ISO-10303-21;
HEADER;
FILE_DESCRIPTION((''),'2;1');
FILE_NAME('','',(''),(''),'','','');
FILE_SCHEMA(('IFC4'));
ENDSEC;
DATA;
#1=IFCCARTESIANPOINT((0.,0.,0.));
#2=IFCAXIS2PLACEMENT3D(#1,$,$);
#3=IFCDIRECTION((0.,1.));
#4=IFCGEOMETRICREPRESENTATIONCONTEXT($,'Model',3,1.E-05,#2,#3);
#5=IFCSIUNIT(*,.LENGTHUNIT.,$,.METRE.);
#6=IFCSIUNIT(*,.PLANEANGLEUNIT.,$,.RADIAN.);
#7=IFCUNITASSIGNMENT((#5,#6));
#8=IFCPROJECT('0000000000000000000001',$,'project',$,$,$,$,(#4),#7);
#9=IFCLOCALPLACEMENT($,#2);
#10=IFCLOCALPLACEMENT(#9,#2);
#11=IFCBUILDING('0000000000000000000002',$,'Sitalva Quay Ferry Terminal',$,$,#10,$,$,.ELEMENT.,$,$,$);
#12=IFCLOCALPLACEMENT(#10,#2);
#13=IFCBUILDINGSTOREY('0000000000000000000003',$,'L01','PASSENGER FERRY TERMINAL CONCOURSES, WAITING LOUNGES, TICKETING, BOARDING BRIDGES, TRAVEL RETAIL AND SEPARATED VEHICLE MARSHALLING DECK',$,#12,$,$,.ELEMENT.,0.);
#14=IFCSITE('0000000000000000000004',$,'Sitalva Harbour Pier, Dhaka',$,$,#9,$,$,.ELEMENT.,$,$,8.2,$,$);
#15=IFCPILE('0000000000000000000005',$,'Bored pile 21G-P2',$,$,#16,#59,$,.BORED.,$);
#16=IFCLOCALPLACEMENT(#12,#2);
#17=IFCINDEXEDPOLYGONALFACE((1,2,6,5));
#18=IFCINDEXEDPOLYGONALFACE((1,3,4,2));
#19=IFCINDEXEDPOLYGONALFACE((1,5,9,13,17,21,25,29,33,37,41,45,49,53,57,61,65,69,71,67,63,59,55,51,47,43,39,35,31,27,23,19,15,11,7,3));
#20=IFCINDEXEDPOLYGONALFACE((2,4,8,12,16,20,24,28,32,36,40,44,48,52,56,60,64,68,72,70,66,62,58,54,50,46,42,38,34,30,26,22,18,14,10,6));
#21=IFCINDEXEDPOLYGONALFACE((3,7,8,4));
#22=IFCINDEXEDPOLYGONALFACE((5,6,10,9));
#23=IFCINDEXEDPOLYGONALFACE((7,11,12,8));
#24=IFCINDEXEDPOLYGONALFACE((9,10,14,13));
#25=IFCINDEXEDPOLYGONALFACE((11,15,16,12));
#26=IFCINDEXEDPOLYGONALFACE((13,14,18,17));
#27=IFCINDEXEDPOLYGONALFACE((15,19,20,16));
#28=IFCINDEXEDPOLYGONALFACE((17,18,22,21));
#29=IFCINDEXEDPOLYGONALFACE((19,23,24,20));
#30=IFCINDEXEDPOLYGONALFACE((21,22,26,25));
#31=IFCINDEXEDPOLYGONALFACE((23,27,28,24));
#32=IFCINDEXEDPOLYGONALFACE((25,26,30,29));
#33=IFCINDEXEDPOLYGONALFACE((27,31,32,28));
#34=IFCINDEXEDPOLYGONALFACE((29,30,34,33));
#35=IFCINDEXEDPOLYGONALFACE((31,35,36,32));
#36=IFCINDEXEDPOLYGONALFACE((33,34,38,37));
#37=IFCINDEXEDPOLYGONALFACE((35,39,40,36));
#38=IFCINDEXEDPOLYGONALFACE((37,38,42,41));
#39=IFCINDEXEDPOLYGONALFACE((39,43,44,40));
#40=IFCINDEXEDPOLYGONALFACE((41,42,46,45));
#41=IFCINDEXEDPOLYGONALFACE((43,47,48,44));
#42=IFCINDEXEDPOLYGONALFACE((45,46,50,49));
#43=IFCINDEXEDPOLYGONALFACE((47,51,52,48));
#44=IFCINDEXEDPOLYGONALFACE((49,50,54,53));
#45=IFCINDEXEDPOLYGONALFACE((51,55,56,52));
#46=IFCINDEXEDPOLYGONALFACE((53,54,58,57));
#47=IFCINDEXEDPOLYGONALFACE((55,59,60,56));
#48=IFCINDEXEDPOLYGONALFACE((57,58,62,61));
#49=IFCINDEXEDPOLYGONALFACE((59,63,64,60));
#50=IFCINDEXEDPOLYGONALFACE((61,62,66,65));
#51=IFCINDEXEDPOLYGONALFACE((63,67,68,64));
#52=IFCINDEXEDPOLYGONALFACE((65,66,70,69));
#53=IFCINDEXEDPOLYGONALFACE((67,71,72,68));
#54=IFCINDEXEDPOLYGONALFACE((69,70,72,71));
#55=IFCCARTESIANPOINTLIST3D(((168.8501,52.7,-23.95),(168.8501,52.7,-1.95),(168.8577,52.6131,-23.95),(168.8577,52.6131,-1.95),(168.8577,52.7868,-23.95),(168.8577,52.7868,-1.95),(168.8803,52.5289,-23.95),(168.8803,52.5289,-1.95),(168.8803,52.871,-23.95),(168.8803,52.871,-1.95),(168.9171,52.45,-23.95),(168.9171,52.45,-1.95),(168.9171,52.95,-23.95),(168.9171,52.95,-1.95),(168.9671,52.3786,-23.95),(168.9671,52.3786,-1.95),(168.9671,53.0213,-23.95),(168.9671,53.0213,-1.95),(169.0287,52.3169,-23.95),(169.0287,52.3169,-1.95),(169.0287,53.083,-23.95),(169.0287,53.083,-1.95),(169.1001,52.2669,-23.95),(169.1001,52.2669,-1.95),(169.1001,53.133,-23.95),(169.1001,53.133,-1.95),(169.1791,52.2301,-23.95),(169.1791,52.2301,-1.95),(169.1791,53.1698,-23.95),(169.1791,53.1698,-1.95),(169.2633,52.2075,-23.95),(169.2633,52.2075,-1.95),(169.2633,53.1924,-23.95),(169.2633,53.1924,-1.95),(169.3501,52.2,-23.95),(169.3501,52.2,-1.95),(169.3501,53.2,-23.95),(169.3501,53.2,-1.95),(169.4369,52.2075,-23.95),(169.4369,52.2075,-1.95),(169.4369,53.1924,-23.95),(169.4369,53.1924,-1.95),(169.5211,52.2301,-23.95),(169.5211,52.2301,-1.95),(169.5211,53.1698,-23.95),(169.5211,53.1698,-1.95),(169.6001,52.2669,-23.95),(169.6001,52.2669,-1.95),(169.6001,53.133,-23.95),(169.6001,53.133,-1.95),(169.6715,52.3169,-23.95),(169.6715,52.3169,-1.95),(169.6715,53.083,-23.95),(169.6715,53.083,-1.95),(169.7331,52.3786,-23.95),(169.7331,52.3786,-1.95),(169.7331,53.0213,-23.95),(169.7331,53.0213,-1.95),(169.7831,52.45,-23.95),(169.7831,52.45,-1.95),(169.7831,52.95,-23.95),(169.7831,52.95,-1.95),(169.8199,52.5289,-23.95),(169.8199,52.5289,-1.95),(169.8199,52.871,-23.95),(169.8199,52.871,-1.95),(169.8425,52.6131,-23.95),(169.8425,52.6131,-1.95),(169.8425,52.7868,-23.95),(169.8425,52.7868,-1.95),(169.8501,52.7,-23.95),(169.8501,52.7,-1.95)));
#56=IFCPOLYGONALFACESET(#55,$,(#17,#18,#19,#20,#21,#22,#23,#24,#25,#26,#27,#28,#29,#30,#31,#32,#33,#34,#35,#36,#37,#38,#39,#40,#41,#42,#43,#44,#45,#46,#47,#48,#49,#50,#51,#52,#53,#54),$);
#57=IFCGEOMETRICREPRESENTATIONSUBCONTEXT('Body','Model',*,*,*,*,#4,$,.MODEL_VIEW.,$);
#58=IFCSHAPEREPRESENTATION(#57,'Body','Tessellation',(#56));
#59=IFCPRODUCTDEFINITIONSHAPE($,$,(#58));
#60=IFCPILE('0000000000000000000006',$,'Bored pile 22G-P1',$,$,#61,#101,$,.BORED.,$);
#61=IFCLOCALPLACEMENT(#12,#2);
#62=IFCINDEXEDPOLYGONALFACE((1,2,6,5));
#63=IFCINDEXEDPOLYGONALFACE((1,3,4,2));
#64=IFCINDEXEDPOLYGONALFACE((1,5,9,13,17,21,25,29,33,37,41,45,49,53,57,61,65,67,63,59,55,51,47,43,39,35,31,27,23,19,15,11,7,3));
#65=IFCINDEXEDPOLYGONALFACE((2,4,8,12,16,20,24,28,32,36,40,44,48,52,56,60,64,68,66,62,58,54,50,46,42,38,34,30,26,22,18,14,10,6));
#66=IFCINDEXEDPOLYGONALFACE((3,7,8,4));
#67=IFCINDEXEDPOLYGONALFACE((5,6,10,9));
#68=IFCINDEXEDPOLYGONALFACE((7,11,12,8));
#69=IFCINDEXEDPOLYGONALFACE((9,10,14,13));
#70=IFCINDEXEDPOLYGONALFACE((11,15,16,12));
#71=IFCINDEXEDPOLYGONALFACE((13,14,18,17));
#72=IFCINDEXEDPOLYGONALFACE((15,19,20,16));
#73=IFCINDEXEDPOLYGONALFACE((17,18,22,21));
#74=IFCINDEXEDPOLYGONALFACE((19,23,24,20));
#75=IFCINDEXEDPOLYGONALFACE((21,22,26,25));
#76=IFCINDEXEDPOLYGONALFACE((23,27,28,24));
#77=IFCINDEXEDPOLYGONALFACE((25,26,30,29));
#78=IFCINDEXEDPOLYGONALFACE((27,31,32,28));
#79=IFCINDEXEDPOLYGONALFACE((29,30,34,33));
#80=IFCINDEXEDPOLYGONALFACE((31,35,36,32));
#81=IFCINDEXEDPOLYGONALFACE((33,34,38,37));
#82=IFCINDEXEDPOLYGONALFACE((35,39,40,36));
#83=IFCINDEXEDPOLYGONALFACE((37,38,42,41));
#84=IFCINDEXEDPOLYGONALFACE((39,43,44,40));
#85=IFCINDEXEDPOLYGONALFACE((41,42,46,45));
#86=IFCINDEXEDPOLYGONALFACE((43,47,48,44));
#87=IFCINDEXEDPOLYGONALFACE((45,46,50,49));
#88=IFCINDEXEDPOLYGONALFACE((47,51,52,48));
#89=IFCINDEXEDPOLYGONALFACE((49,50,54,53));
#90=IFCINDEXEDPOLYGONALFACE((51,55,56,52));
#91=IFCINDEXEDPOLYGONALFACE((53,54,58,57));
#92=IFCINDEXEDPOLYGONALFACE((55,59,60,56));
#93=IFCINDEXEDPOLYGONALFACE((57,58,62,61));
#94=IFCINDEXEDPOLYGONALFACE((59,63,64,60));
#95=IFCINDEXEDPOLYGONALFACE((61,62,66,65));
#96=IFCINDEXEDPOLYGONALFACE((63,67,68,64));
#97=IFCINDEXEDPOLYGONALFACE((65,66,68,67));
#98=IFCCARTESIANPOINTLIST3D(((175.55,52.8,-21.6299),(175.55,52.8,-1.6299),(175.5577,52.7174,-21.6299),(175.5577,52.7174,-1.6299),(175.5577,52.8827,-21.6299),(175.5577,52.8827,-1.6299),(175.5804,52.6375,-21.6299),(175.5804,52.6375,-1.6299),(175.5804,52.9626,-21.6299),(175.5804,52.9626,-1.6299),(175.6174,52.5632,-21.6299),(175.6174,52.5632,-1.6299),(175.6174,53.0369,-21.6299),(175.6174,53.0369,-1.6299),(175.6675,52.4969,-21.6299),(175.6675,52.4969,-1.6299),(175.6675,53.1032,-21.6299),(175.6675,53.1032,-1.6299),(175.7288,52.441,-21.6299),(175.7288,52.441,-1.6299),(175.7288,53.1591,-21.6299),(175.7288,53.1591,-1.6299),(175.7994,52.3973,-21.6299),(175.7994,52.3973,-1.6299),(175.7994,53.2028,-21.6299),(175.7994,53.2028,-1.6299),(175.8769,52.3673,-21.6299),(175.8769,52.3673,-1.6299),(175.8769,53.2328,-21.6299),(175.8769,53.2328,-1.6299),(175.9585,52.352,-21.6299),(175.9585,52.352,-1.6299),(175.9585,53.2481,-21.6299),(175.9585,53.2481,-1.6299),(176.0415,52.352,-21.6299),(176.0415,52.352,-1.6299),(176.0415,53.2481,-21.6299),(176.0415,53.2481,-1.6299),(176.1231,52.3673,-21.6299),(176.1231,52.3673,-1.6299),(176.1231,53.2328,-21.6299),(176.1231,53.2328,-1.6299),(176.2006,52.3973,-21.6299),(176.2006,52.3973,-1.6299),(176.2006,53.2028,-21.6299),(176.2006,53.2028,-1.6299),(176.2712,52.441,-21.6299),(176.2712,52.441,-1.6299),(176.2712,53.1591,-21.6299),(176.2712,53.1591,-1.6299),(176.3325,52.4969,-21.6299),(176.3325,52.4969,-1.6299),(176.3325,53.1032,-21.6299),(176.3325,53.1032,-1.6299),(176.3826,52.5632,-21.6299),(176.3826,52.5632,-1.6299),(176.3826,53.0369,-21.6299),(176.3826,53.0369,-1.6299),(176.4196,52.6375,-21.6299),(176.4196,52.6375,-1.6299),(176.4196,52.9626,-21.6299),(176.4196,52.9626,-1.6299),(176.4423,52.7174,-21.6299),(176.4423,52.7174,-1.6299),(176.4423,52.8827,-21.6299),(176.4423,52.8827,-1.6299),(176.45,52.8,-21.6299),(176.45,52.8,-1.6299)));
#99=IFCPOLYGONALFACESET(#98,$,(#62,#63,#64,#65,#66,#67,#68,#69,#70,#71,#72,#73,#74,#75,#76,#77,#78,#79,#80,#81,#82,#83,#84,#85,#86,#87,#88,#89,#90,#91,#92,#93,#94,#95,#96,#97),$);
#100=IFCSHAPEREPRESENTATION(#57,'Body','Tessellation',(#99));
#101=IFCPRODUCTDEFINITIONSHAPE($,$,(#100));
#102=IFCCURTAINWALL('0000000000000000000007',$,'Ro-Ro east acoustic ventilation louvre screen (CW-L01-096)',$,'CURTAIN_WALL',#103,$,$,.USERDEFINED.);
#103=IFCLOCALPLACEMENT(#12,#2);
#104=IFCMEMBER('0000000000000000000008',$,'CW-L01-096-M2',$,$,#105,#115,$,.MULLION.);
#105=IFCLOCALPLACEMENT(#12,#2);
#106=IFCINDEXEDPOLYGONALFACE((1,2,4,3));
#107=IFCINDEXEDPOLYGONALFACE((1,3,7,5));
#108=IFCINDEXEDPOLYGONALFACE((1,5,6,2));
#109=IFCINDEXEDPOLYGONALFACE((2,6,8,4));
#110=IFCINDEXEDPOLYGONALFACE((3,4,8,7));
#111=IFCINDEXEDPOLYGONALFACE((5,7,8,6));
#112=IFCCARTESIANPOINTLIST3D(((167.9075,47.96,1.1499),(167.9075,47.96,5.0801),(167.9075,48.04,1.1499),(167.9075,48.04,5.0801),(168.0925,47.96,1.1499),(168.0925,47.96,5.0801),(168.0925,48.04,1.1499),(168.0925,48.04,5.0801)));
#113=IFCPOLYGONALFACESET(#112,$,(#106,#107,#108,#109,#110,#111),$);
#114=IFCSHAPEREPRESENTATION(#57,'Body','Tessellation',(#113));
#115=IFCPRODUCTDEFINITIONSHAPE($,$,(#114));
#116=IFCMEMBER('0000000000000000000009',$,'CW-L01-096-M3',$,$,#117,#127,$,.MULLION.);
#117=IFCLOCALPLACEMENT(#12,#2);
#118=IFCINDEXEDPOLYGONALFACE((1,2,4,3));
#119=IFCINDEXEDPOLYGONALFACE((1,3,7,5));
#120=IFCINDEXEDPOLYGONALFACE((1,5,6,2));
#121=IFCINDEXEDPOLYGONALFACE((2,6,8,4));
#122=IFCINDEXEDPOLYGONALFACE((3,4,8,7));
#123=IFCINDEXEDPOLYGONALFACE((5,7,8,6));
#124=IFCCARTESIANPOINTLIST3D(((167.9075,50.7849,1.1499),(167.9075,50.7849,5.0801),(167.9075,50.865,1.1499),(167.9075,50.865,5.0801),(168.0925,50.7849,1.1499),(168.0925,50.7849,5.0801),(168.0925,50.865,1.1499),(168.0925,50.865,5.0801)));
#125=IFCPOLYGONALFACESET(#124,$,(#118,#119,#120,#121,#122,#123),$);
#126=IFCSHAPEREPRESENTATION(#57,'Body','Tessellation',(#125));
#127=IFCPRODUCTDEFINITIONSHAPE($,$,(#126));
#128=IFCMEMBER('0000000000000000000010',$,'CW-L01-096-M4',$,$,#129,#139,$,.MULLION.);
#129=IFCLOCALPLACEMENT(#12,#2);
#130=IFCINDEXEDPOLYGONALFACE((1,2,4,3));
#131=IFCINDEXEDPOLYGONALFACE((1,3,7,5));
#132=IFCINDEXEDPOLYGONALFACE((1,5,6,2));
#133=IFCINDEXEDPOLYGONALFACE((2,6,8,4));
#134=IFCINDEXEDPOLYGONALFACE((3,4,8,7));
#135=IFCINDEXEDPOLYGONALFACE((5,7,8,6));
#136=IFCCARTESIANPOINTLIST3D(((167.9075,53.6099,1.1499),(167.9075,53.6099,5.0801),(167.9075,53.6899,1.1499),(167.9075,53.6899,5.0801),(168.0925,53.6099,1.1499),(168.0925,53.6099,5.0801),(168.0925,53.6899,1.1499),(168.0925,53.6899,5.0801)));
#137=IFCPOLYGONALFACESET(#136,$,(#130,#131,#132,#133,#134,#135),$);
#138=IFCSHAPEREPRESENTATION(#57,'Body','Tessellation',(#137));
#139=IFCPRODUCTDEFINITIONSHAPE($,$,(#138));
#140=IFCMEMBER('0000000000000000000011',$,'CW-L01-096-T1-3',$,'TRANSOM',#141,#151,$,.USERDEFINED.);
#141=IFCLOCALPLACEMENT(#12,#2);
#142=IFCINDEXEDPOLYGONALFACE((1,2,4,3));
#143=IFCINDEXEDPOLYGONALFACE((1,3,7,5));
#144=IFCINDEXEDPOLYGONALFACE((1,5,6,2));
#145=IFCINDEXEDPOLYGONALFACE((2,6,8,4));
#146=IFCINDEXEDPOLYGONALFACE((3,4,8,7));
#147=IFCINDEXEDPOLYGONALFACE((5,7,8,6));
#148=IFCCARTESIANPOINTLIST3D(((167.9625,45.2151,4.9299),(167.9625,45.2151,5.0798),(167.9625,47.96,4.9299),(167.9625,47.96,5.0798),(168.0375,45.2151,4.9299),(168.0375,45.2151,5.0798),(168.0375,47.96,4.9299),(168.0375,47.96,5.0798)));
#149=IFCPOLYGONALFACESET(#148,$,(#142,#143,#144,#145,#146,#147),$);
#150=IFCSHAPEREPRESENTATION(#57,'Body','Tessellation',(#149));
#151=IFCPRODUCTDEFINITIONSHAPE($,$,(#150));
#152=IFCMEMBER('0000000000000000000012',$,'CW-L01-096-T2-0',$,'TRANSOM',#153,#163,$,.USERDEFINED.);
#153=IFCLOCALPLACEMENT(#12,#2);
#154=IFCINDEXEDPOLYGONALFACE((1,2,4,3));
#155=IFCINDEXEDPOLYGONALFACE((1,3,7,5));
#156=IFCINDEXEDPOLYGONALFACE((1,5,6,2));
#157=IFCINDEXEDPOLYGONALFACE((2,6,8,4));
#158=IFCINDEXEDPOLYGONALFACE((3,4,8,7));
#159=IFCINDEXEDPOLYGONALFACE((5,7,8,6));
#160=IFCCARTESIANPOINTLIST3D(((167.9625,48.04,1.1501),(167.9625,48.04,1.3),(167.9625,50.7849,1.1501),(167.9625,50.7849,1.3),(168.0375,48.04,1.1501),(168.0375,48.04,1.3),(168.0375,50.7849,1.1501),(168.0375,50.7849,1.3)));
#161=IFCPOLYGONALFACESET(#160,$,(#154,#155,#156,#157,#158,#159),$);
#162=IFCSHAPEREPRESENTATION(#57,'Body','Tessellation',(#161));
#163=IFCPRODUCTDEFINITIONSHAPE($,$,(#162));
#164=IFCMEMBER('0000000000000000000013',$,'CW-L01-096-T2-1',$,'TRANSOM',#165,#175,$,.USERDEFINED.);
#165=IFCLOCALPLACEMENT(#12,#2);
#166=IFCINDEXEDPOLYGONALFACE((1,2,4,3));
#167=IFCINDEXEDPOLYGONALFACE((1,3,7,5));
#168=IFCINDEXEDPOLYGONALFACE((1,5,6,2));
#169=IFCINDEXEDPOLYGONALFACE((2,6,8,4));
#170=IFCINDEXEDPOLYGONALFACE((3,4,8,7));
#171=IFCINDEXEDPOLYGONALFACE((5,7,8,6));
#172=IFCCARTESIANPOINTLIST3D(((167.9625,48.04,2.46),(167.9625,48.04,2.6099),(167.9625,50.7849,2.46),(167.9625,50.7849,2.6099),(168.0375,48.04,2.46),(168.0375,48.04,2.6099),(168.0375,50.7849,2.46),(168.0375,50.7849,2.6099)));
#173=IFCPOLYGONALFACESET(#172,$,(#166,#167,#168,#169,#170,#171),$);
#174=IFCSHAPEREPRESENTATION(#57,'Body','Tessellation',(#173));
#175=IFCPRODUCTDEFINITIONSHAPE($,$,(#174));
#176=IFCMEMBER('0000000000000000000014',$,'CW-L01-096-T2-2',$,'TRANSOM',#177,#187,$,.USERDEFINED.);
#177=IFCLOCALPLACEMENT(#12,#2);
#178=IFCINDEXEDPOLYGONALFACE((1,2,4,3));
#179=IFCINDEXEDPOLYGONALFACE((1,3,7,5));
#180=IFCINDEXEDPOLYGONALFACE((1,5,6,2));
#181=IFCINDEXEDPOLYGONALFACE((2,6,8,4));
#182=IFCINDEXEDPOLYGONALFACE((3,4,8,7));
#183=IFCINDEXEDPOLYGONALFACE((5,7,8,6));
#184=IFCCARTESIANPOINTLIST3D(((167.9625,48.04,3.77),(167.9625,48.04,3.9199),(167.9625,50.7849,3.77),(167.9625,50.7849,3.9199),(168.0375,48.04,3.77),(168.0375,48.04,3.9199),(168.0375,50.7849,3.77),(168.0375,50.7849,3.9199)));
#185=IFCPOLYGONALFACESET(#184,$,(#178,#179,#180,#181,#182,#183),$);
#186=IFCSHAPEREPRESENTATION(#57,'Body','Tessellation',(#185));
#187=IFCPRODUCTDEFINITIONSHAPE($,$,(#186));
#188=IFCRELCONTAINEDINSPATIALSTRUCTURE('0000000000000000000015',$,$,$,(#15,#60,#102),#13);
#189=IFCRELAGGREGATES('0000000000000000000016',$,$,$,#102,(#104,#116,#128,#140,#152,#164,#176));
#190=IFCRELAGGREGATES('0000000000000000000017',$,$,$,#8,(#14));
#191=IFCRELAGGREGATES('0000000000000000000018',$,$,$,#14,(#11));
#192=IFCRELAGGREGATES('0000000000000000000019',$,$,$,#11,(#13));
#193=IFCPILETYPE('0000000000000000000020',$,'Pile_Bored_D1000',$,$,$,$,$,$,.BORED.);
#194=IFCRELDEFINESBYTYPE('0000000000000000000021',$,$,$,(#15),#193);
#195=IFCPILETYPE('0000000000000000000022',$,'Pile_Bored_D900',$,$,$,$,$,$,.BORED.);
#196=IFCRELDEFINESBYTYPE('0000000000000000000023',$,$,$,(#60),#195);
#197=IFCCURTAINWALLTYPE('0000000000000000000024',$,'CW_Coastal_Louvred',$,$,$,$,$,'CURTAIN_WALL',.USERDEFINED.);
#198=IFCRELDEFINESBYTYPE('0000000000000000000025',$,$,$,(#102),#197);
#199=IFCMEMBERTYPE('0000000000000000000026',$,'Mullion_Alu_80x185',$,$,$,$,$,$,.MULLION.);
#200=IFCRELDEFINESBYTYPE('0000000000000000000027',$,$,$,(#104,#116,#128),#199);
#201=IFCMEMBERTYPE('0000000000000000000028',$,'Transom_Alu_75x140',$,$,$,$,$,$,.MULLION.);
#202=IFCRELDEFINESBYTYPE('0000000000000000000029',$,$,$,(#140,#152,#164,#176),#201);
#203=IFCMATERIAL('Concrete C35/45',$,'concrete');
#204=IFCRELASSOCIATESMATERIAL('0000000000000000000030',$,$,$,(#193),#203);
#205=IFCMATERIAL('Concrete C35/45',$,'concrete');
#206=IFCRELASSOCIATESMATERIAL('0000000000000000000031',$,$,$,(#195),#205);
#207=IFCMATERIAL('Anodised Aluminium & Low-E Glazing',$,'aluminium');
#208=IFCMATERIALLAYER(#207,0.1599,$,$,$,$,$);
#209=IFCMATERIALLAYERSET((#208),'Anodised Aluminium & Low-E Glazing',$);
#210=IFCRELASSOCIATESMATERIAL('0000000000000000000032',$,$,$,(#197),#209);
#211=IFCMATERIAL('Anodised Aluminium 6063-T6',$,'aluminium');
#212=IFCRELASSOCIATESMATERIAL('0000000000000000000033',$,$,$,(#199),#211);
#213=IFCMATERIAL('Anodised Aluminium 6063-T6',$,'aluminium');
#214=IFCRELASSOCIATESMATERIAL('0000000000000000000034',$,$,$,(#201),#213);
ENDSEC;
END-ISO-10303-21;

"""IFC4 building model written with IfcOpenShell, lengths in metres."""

from ifc_helpers import new_model, si_unit, direction, frame, origin, origin_2d, place, context, subcontext, project, spatial, rectangle, circle, extrude, material, layer, layer_set, material_profile, profile_set, type_object, element, aggregate, save


model = new_model("IFC4")

# Units and contexts
model_context = context("Model", 3, precision=1e-05, world=origin(), true_north=direction((0.0, 1.0)))
body_context = subcontext(model_context, "Body", "Model", "MODEL_VIEW")
ifc_project = project(units=[si_unit("LENGTHUNIT", "METRE"), si_unit("PLANEANGLEUNIT", "RADIAN")], contexts=[model_context])

# Site, building, storey
site_placement = place(None, origin())
site = spatial("IfcSite", under=ifc_project, at=site_placement, Name="Sitalva Harbour Pier, Dhaka", CompositionType="ELEMENT", RefElevation=8.2)
building_placement = place(site_placement, origin())
building = spatial("IfcBuilding", under=site, at=building_placement, Name="Sitalva Quay Ferry Terminal", CompositionType="ELEMENT")
storey_placement = place(building_placement, origin())
storey = spatial("IfcBuildingStorey", under=building, at=storey_placement, Name="L01", Description="PASSENGER FERRY TERMINAL CONCOURSES, WAITING LOUNGES, TICKETING, BOARDING BRIDGES, TRAVEL RETAIL AND SEPARATED VEHICLE MARSHALLING DECK", CompositionType="ELEMENT", Elevation=0.0)

# Piles
ifc_material_1 = material(Name="Concrete C35/45", Category="concrete")
ifc_material_profile_1 = material_profile(ifc_material_1, circle(Radius=0.5, at=origin_2d()), Name="PILE-D1000")
ifc_profile_set_1 = profile_set([ifc_material_profile_1], Name="Concrete C35/45")
pile_type_1 = type_object("IfcPileType", Name="Pile_Bored_D1000", PredefinedType="BORED", material=ifc_profile_set_1)
pile_1_placement = place(storey_placement, frame((169.3501, 52.7, -1.95), z_axis=(0.0, 0.0, -1.0), x_axis=(1.0, 0.0, 0.0)))
element("IfcPile", 1, at=pile_1_placement, inside=storey, type_object=pile_type_1, Name="Bored pile 21G-P2", PredefinedType="BORED", context=body_context, shape_type="SweptSolid", body=[
    extrude(circle(Radius=0.5, at=origin_2d()), origin(), (0.0, 0.0, 1.0), 22.0),
])
ifc_material_2 = material(Name="Concrete C35/45", Category="concrete")
ifc_material_profile_2 = material_profile(ifc_material_2, circle(Radius=0.45, at=origin_2d()), Name="PILE-D900")
ifc_profile_set_2 = profile_set([ifc_material_profile_2], Name="Concrete C35/45")
pile_type_2 = type_object("IfcPileType", Name="Pile_Bored_D900", PredefinedType="BORED", material=ifc_profile_set_2)
pile_2_placement = place(storey_placement, frame((176.0, 52.8, -1.6299), z_axis=(0.0, 0.0, -1.0), x_axis=(1.0, 0.0, 0.0)))
element("IfcPile", 2, at=pile_2_placement, inside=storey, type_object=pile_type_2, Name="Bored pile 22G-P1", PredefinedType="BORED", context=body_context, shape_type="SweptSolid", body=[
    extrude(circle(Radius=0.45, at=origin_2d()), origin(), (0.0, 0.0, 1.0), 20.0),
])

# Curtain wall, members
ifc_material_3 = material(Name="Anodised Aluminium & Low-E Glazing", Category="aluminium")
ifc_layer_1 = layer(ifc_material_3, 0.1599)
ifc_layer_set_1 = layer_set([ifc_layer_1], Name="Anodised Aluminium & Low-E Glazing")
curtain_wall_type = type_object("IfcCurtainWallType", Name="CW_Coastal_Louvred", ElementType="CURTAIN_WALL", PredefinedType="USERDEFINED", material=ifc_layer_set_1)
curtain_wall_placement = place(storey_placement, origin())
curtain_wall = element("IfcCurtainWall", 3, at=curtain_wall_placement, inside=storey, type_object=curtain_wall_type, Name="Ro-Ro east acoustic ventilation louvre screen (CW-L01-096)", ObjectType="CURTAIN_WALL", PredefinedType="USERDEFINED")
ifc_material_4 = material(Name="Anodised Aluminium 6063-T6", Category="aluminium")
ifc_material_profile_3 = material_profile(ifc_material_4, rectangle(XDim=0.0801, YDim=0.1851, at=origin_2d()), Name="ALU80x185")
ifc_profile_set_3 = profile_set([ifc_material_profile_3], Name="Anodised Aluminium 6063-T6")
member_type_1 = type_object("IfcMemberType", Name="Mullion_Alu_80x185", PredefinedType="MULLION", material=ifc_profile_set_3)
member_1_placement = place(storey_placement, frame((168.0, 48.0, 1.1499), z_axis=(0.0, 0.0, 1.0), x_axis=(0.0, 1.0, 0.0)))
member_1 = element("IfcMember", 4, at=member_1_placement, type_object=member_type_1, Name="CW-L01-096-M2", PredefinedType="MULLION", context=body_context, shape_type="SweptSolid", body=[
    extrude(rectangle(XDim=0.0801, YDim=0.1851, at=origin_2d()), origin(), (0.0, 0.0, 1.0), 3.9302),
])
member_2_placement = place(storey_placement, frame((168.0, 50.825, 1.1499), z_axis=(0.0, 0.0, 1.0), x_axis=(0.0, 1.0, 0.0)))
member_2 = element("IfcMember", 5, at=member_2_placement, type_object=member_type_1, Name="CW-L01-096-M3", PredefinedType="MULLION", context=body_context, shape_type="SweptSolid", body=[
    extrude(rectangle(XDim=0.0801, YDim=0.1851, at=origin_2d()), origin(), (0.0, 0.0, 1.0), 3.9302),
])
member_3_placement = place(storey_placement, frame((168.0, 53.6499, 1.1499), z_axis=(0.0, 0.0, 1.0), x_axis=(0.0, 1.0, 0.0)))
member_3 = element("IfcMember", 6, at=member_3_placement, type_object=member_type_1, Name="CW-L01-096-M4", PredefinedType="MULLION", context=body_context, shape_type="SweptSolid", body=[
    extrude(rectangle(XDim=0.0801, YDim=0.1851, at=origin_2d()), origin(), (0.0, 0.0, 1.0), 3.9302),
])
ifc_material_5 = material(Name="Anodised Aluminium 6063-T6", Category="aluminium")
ifc_material_profile_4 = material_profile(ifc_material_5, rectangle(XDim=0.075, YDim=0.1499, at=origin_2d()), Name="ALU75x150")
ifc_profile_set_4 = profile_set([ifc_material_profile_4], Name="Anodised Aluminium 6063-T6")
member_type_2 = type_object("IfcMemberType", Name="Transom_Alu_75x140", PredefinedType="MULLION", material=ifc_profile_set_4)
member_4_placement = place(storey_placement, frame((168.0, 45.2151, 5.0049), z_axis=(0.0, 1.0, 0.0), x_axis=(-1.0, 0.0, 0.0)))
member_4 = element("IfcMember", 7, at=member_4_placement, type_object=member_type_2, Name="CW-L01-096-T1-3", ObjectType="TRANSOM", PredefinedType="USERDEFINED", context=body_context, shape_type="SweptSolid", body=[
    extrude(rectangle(XDim=0.075, YDim=0.1499, at=origin_2d()), origin(), (0.0, 0.0, 1.0), 2.7449),
])
member_5_placement = place(storey_placement, frame((168.0, 48.04, 1.2251), z_axis=(0.0, 1.0, 0.0), x_axis=(-1.0, 0.0, 0.0)))
member_5 = element("IfcMember", 8, at=member_5_placement, type_object=member_type_2, Name="CW-L01-096-T2-0", ObjectType="TRANSOM", PredefinedType="USERDEFINED", context=body_context, shape_type="SweptSolid", body=[
    extrude(rectangle(XDim=0.075, YDim=0.1499, at=origin_2d()), origin(), (0.0, 0.0, 1.0), 2.7449),
])
member_6_placement = place(storey_placement, frame((168.0, 48.04, 2.5349), z_axis=(0.0, 1.0, 0.0), x_axis=(-1.0, 0.0, 0.0)))
member_6 = element("IfcMember", 9, at=member_6_placement, type_object=member_type_2, Name="CW-L01-096-T2-1", ObjectType="TRANSOM", PredefinedType="USERDEFINED", context=body_context, shape_type="SweptSolid", body=[
    extrude(rectangle(XDim=0.075, YDim=0.1499, at=origin_2d()), origin(), (0.0, 0.0, 1.0), 2.7449),
])
member_7_placement = place(storey_placement, frame((168.0, 48.04, 3.845), z_axis=(0.0, 1.0, 0.0), x_axis=(-1.0, 0.0, 0.0)))
member_7 = element("IfcMember", 10, at=member_7_placement, type_object=member_type_2, Name="CW-L01-096-T2-2", ObjectType="TRANSOM", PredefinedType="USERDEFINED", context=body_context, shape_type="SweptSolid", body=[
    extrude(rectangle(XDim=0.075, YDim=0.1499, at=origin_2d()), origin(), (0.0, 0.0, 1.0), 2.7449),
])
aggregate(curtain_wall, [member_1, member_2, member_3, member_4, member_5, member_6, member_7])

save(model, "model.ifc")
